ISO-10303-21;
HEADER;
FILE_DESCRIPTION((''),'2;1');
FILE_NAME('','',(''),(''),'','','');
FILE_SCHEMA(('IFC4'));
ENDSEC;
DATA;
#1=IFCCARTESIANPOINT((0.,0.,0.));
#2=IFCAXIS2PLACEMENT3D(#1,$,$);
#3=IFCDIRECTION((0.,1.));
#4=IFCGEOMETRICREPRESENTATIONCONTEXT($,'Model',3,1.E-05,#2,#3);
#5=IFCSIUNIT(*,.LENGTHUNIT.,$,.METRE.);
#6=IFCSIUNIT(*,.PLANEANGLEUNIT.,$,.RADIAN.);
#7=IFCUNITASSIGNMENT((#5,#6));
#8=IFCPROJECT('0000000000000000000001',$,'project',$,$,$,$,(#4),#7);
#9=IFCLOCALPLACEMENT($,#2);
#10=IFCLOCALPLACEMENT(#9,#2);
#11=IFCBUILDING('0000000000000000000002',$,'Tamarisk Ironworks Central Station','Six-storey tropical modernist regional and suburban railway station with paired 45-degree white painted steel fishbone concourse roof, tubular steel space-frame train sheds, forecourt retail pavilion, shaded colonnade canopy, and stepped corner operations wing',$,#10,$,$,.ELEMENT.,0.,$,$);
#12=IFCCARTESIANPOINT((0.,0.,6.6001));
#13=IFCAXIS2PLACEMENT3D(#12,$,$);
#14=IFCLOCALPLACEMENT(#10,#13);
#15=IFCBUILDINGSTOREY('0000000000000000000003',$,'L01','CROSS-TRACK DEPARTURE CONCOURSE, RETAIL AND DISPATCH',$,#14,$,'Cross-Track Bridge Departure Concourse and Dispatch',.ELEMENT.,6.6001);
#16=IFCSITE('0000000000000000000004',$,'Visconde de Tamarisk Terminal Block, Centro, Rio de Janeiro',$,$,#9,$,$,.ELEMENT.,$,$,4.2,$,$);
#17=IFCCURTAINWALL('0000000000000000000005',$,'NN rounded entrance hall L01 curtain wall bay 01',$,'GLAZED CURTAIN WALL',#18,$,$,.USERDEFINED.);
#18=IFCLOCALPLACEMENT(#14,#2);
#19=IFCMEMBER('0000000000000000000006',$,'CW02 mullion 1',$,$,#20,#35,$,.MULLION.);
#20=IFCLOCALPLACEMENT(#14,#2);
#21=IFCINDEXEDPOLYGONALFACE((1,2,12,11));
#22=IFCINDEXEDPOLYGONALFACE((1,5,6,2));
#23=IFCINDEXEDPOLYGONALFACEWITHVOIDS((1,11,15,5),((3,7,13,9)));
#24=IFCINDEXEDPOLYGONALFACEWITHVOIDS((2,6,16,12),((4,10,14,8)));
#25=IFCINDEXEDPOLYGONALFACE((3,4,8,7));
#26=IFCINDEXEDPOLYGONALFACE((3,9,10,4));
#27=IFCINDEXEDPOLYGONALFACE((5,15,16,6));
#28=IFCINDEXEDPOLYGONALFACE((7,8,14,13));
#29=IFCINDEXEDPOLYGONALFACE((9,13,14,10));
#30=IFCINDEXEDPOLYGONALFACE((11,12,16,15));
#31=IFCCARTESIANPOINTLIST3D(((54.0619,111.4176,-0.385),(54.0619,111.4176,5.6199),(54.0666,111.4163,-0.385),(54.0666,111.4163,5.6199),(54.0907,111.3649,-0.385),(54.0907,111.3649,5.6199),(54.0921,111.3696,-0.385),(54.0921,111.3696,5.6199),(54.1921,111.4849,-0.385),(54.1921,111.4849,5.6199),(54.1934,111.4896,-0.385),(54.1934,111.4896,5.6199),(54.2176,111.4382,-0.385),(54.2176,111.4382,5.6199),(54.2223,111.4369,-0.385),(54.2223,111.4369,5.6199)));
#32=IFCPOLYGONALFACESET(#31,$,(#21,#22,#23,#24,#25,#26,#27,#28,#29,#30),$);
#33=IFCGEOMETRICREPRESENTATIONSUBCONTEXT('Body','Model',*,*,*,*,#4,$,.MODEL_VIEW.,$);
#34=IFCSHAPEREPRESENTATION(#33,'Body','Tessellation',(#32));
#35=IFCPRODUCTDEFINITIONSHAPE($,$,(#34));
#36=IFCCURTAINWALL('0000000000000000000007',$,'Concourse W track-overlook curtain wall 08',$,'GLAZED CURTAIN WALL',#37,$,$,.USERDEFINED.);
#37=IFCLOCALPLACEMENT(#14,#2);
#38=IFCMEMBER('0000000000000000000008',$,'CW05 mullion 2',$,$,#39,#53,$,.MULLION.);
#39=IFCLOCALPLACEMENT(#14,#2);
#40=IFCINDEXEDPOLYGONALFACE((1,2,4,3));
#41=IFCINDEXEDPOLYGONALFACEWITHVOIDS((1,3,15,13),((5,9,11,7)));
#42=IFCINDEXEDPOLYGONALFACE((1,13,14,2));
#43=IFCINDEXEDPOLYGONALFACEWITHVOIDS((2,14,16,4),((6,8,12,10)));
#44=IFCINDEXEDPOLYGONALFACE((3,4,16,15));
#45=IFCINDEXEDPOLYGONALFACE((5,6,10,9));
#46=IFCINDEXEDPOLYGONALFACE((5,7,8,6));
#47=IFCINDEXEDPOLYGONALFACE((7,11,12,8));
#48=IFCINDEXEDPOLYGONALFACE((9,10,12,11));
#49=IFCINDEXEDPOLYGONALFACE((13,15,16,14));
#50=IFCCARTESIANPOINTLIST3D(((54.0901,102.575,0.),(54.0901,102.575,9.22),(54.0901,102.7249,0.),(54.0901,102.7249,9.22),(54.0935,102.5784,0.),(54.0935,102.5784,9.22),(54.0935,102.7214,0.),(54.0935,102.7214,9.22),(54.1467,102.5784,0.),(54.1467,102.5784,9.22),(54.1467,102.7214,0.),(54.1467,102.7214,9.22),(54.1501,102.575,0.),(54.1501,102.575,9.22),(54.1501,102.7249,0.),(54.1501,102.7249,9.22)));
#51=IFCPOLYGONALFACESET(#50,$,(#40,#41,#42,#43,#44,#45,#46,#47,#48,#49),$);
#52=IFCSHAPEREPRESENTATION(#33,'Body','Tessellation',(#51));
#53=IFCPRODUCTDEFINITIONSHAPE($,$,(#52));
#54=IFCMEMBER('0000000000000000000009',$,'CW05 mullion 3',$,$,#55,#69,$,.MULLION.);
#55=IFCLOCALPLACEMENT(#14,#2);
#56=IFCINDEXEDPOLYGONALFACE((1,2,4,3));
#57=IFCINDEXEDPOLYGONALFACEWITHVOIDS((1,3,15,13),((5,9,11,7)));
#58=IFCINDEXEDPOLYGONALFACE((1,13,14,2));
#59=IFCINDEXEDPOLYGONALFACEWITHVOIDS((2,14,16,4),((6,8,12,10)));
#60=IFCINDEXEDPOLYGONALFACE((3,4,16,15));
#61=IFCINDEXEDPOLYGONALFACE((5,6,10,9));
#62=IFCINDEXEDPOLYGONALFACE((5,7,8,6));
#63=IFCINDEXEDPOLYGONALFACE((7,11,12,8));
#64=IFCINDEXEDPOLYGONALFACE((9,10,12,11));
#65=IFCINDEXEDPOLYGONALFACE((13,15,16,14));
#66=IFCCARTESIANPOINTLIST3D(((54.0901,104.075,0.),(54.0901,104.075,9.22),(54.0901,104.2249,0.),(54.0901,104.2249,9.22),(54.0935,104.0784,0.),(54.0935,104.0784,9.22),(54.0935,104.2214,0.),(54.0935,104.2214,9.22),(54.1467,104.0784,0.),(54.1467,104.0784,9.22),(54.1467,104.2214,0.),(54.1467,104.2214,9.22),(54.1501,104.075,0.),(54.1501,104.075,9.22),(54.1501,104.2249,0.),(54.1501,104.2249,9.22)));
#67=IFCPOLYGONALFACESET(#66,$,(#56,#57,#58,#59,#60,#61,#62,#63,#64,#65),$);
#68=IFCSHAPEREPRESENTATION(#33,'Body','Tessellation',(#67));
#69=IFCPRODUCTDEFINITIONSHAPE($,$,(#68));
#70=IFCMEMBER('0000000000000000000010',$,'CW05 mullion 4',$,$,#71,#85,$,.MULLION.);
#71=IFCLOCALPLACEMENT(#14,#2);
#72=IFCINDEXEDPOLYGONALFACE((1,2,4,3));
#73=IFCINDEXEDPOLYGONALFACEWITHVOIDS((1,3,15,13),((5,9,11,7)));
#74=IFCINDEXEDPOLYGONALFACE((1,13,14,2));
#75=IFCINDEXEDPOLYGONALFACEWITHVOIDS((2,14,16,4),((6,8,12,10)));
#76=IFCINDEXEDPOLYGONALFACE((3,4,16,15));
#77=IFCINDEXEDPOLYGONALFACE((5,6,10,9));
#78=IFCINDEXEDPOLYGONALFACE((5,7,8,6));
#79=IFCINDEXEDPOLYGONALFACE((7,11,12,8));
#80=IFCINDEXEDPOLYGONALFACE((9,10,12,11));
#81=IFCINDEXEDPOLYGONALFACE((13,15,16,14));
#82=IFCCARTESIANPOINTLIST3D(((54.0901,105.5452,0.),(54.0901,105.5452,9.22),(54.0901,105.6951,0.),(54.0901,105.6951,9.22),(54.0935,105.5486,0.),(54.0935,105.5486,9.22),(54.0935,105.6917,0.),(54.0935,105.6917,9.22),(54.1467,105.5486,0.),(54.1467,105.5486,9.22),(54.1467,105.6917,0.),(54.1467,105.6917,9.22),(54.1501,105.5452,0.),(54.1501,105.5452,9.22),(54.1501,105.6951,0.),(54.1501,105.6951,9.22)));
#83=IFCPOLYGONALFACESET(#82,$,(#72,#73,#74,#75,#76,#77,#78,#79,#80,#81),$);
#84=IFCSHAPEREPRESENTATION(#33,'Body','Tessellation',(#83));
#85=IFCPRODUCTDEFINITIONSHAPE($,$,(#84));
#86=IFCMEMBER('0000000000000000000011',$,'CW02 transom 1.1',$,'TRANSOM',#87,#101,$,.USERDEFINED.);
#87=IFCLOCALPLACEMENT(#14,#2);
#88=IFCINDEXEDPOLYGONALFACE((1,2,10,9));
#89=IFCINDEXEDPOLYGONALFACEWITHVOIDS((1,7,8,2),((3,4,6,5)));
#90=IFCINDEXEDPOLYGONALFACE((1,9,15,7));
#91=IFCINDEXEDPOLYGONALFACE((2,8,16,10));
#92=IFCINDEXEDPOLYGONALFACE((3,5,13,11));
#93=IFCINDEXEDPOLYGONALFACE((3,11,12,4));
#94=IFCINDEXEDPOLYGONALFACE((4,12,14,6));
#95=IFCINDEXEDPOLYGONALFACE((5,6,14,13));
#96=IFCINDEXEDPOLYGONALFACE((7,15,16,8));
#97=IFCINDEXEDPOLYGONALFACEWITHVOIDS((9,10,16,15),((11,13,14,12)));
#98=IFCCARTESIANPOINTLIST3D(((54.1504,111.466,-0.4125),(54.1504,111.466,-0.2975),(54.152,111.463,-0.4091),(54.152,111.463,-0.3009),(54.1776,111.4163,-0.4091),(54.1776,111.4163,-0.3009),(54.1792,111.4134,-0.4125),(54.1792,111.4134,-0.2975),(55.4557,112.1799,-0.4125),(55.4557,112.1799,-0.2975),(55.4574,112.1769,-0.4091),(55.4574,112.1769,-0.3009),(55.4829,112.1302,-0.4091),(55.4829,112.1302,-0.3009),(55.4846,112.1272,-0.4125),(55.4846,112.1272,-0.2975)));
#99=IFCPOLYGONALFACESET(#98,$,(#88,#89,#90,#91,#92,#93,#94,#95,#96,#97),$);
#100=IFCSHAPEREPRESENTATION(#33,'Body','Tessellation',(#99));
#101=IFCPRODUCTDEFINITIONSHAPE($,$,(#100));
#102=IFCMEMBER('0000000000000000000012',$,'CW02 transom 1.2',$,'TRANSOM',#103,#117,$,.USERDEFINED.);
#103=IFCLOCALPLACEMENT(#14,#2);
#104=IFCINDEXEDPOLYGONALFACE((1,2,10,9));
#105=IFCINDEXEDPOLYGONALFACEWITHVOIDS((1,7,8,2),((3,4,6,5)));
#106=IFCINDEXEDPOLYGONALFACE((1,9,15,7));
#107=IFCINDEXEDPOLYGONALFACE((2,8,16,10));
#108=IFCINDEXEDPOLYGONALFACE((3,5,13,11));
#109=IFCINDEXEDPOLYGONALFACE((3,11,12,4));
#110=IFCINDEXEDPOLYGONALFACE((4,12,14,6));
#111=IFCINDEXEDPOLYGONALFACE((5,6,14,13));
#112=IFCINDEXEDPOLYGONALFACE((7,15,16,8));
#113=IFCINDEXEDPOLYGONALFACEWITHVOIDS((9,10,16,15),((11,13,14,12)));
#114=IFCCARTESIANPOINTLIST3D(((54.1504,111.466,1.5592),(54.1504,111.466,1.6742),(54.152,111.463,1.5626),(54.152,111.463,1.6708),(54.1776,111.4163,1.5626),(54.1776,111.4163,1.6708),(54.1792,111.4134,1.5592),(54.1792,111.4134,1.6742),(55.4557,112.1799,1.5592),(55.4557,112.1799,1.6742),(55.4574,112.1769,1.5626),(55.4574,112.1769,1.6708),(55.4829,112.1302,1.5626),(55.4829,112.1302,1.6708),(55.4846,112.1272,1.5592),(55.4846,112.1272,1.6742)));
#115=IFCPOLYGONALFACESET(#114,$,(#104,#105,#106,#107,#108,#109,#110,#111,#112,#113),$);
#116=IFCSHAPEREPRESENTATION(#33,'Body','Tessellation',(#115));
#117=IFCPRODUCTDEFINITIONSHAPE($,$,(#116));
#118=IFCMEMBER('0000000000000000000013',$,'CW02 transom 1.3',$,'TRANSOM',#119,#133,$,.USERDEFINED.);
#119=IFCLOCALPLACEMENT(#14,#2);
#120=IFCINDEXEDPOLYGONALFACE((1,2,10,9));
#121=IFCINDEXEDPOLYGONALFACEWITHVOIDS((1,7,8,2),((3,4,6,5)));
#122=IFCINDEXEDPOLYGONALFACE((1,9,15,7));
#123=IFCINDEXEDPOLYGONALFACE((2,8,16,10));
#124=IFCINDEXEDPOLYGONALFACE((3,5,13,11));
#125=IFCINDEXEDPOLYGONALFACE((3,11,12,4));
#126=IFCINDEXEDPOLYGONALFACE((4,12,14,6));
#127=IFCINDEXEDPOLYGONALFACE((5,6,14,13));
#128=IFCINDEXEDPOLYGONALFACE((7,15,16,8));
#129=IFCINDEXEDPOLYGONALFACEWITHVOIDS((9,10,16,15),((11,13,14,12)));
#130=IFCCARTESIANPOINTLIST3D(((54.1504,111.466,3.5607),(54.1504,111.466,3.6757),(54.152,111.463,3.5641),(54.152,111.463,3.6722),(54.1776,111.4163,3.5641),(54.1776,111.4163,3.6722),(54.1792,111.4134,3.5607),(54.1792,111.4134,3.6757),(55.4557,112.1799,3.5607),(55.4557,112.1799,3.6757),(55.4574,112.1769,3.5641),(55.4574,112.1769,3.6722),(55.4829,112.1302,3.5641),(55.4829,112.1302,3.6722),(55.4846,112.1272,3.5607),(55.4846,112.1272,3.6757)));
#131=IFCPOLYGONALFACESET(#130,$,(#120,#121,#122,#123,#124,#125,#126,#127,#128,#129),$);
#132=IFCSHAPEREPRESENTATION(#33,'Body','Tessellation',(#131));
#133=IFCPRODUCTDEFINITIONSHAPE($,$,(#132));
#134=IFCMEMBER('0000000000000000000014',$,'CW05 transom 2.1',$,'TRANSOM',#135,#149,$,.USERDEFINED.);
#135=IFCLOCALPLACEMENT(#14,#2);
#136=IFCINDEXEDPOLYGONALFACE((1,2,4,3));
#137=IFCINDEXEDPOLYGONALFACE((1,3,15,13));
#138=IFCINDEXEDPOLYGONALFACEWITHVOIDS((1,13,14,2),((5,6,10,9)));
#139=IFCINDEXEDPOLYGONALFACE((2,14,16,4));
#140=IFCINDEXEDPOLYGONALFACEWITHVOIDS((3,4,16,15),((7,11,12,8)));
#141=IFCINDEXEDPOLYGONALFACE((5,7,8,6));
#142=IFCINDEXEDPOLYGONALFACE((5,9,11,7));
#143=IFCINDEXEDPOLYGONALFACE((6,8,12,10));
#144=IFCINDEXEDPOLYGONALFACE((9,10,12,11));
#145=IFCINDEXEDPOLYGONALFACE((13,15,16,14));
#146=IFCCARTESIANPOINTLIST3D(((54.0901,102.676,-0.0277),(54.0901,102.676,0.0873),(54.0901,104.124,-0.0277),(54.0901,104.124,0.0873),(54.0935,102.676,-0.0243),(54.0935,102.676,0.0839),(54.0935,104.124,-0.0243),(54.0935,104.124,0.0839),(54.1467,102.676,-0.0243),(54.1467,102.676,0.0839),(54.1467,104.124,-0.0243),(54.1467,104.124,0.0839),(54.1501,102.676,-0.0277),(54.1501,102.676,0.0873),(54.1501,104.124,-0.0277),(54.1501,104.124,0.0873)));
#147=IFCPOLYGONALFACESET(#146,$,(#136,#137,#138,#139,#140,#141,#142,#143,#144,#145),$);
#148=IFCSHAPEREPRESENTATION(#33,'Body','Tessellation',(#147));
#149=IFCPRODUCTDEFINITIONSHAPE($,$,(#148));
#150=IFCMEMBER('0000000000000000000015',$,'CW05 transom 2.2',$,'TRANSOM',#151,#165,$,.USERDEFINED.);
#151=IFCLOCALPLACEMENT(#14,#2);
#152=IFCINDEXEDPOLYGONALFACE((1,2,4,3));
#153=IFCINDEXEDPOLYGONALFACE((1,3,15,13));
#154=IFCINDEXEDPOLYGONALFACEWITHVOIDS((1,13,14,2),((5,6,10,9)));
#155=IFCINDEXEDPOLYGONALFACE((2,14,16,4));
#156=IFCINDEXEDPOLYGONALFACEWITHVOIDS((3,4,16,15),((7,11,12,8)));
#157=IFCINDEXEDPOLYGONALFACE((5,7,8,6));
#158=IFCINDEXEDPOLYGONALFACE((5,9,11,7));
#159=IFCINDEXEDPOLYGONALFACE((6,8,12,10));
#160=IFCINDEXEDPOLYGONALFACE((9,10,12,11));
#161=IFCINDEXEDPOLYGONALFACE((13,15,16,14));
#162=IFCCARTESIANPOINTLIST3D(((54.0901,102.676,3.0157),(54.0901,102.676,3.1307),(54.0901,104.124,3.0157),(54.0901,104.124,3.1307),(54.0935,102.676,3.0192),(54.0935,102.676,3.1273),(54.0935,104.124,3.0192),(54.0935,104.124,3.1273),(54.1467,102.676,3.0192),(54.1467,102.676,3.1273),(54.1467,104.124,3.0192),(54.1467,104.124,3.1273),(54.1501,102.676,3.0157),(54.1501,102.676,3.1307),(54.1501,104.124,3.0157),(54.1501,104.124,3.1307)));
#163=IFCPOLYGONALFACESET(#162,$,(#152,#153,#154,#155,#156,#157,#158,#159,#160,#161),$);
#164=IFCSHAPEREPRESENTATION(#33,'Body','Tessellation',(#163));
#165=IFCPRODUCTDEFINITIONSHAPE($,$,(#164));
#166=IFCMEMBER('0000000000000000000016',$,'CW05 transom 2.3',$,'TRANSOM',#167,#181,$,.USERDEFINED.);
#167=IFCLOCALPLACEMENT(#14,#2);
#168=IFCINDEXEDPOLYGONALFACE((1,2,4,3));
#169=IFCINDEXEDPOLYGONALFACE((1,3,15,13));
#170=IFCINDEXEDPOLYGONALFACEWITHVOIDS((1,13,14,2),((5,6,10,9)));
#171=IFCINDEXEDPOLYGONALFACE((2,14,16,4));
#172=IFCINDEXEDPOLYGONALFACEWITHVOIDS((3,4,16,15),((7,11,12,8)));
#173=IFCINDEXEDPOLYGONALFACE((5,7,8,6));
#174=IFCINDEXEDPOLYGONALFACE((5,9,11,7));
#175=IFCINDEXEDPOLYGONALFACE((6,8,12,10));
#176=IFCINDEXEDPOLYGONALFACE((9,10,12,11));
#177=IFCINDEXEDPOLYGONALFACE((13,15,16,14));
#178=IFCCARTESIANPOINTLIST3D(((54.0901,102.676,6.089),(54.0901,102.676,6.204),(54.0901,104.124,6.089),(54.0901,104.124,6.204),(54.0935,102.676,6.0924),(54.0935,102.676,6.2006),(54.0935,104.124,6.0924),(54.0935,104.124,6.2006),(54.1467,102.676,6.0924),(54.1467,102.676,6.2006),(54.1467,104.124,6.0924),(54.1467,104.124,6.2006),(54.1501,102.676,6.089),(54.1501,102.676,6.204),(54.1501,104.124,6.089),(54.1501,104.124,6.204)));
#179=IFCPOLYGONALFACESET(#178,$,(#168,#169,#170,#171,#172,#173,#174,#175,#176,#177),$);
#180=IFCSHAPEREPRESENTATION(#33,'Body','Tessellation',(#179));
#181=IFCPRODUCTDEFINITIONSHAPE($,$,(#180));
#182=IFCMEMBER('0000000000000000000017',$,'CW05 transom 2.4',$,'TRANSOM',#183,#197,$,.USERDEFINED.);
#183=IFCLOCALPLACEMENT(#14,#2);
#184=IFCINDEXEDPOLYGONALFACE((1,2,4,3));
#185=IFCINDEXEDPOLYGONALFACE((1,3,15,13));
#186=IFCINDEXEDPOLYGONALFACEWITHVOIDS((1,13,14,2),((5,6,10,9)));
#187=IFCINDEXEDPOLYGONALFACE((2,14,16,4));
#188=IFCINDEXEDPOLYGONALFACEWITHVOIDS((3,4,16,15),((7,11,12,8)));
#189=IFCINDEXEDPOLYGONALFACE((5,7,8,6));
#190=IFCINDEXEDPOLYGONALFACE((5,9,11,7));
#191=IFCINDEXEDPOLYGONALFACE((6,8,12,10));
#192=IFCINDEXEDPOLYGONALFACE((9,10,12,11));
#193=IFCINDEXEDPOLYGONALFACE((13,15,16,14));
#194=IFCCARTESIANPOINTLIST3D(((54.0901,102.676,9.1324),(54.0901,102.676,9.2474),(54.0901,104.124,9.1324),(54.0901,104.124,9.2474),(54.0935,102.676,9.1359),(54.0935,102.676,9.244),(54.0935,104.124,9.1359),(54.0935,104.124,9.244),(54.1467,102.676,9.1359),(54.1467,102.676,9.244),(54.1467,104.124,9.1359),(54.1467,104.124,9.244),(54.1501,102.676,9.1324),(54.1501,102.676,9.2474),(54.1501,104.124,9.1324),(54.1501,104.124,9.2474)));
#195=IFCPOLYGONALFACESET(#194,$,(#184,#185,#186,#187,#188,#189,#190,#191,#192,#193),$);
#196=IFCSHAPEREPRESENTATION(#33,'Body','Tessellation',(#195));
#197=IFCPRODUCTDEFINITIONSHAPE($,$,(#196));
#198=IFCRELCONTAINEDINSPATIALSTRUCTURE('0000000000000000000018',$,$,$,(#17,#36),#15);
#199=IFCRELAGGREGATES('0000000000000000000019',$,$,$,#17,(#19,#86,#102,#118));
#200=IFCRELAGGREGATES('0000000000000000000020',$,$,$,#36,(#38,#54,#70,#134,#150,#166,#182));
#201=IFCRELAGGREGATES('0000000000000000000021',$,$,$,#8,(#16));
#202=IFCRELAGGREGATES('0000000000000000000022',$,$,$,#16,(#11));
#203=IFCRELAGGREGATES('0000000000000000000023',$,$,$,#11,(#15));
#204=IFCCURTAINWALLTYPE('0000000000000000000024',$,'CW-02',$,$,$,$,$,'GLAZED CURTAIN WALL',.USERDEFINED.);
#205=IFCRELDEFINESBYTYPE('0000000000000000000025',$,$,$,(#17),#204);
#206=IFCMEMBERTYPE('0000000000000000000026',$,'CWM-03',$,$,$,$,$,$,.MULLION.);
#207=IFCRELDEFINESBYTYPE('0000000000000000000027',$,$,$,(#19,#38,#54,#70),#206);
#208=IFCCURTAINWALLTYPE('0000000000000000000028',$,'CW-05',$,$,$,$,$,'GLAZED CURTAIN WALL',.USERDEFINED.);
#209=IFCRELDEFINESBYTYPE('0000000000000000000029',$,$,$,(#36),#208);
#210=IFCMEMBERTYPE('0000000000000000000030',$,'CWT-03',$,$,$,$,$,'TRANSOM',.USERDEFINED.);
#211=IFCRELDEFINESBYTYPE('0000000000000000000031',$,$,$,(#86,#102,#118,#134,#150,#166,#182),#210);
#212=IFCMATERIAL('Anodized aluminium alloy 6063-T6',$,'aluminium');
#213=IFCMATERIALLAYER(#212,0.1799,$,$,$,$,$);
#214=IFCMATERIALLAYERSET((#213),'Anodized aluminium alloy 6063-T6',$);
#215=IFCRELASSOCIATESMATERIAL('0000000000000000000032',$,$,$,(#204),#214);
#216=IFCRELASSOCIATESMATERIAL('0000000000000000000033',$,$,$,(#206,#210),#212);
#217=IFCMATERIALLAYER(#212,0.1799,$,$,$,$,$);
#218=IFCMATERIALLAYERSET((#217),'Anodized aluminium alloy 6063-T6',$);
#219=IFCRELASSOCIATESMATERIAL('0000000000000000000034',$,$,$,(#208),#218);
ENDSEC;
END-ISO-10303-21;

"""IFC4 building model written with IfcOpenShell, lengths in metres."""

from ifc_helpers import new_model, si_unit, direction, frame, origin, origin_2d, place, context, subcontext, project, spatial, hollow_rectangle, extrude, material, layer, layer_set, material_profile, profile_set, type_object, element, aggregate, save


model = new_model("IFC4")

# Units and contexts
model_context = context("Model", 3, precision=1e-05, world=origin(), true_north=direction((0.0, 1.0)))
body_context = subcontext(model_context, "Body", "Model", "MODEL_VIEW")
ifc_project = project(units=[si_unit("LENGTHUNIT", "METRE"), si_unit("PLANEANGLEUNIT", "RADIAN")], contexts=[model_context])

# Site, building, storey
site_placement = place(None, origin())
site = spatial("IfcSite", under=ifc_project, at=site_placement, Name="Visconde de Tamarisk Terminal Block, Centro, Rio de Janeiro", CompositionType="ELEMENT", RefElevation=4.2)
building_placement = place(site_placement, origin())
building = spatial("IfcBuilding", under=site, at=building_placement, Name="Tamarisk Ironworks Central Station", Description="Six-storey tropical modernist regional and suburban railway station with paired 45-degree white painted steel fishbone concourse roof, tubular steel space-frame train sheds, forecourt retail pavilion, shaded colonnade canopy, and stepped corner operations wing", CompositionType="ELEMENT", ElevationOfRefHeight=0.0)
storey_placement = place(building_placement, frame((0.0, 0.0, 6.6001)))
storey = spatial("IfcBuildingStorey", under=building, at=storey_placement, Name="L01", Description="CROSS-TRACK DEPARTURE CONCOURSE, RETAIL AND DISPATCH", LongName="Cross-Track Bridge Departure Concourse and Dispatch", CompositionType="ELEMENT", Elevation=6.6001)

# Curtain wall, member
ifc_material_1 = material(Name="Anodized aluminium alloy 6063-T6", Category="aluminium")
ifc_layer_1 = layer(ifc_material_1, 0.1799)
ifc_layer_set_1 = layer_set([ifc_layer_1], Name="Anodized aluminium alloy 6063-T6")
curtain_wall_type_1 = type_object("IfcCurtainWallType", Name="CW-02", ElementType="GLAZED CURTAIN WALL", PredefinedType="USERDEFINED", material=ifc_layer_set_1)
curtain_wall_1_placement = place(storey_placement, origin())
curtain_wall_1 = element("IfcCurtainWall", 1, at=curtain_wall_1_placement, inside=storey, type_object=curtain_wall_type_1, Name="NN rounded entrance hall L01 curtain wall bay 01", ObjectType="GLAZED CURTAIN WALL", PredefinedType="USERDEFINED")
ifc_material_profile_1 = material_profile(ifc_material_1, hollow_rectangle(XDim=0.0601, YDim=0.1499, WallThickness=0.0034, at=origin_2d()), Name="ALUM 150x60")
ifc_profile_set_1 = profile_set([ifc_material_profile_1], Name="Anodized aluminium alloy 6063-T6")
member_type_1 = type_object("IfcMemberType", Name="CWM-03", PredefinedType="MULLION", material=ifc_profile_set_1)
member_1_placement = place(storey_placement, frame((54.1421, 111.4272, -0.385), z_axis=(0.0, 0.0, 1.0), x_axis=(-0.479805, 0.877375, 0.0)))
member_1 = element("IfcMember", 2, at=member_1_placement, type_object=member_type_1, Name="CW02 mullion 1", PredefinedType="MULLION", context=body_context, shape_type="SweptSolid", body=[
    extrude(hollow_rectangle(XDim=0.0601, YDim=0.1499, WallThickness=0.0034, at=origin_2d()), origin(), (0.0, 0.0, 1.0), 6.0049),
])

# Curtain wall, members
ifc_layer_2 = layer(ifc_material_1, 0.1799)
ifc_layer_set_2 = layer_set([ifc_layer_2], Name="Anodized aluminium alloy 6063-T6")
curtain_wall_type_2 = type_object("IfcCurtainWallType", Name="CW-05", ElementType="GLAZED CURTAIN WALL", PredefinedType="USERDEFINED", material=ifc_layer_set_2)
curtain_wall_2_placement = place(storey_placement, origin())
curtain_wall_2 = element("IfcCurtainWall", 3, at=curtain_wall_2_placement, inside=storey, type_object=curtain_wall_type_2, Name="Concourse W track-overlook curtain wall 08", ObjectType="GLAZED CURTAIN WALL", PredefinedType="USERDEFINED")
member_2_placement = place(storey_placement, frame((54.1201, 102.6499, 0.0), z_axis=(0.0, 0.0, 1.0), x_axis=(-1.0, 0.0, 0.0)))
member_2 = element("IfcMember", 4, at=member_2_placement, type_object=member_type_1, Name="CW05 mullion 2", PredefinedType="MULLION", context=body_context, shape_type="SweptSolid", body=[
    extrude(hollow_rectangle(XDim=0.0601, YDim=0.1499, WallThickness=0.0034, at=origin_2d()), origin(), (0.0, 0.0, 1.0), 9.22),
])
member_3_placement = place(storey_placement, frame((54.1201, 104.1499, 0.0), z_axis=(0.0, 0.0, 1.0), x_axis=(-1.0, 0.0, 0.0)))
member_3 = element("IfcMember", 5, at=member_3_placement, type_object=member_type_1, Name="CW05 mullion 3", PredefinedType="MULLION", context=body_context, shape_type="SweptSolid", body=[
    extrude(hollow_rectangle(XDim=0.0601, YDim=0.1499, WallThickness=0.0034, at=origin_2d()), origin(), (0.0, 0.0, 1.0), 9.22),
])
member_4_placement = place(storey_placement, frame((54.1201, 105.6201, 0.0), z_axis=(0.0, 0.0, 1.0), x_axis=(-1.0, 0.0, 0.0)))
member_4 = element("IfcMember", 6, at=member_4_placement, type_object=member_type_1, Name="CW05 mullion 4", PredefinedType="MULLION", context=body_context, shape_type="SweptSolid", body=[
    extrude(hollow_rectangle(XDim=0.0601, YDim=0.1499, WallThickness=0.0034, at=origin_2d()), origin(), (0.0, 0.0, 1.0), 9.22),
])

# Members
ifc_material_profile_2 = material_profile(ifc_material_1, hollow_rectangle(XDim=0.0601, YDim=0.115, WallThickness=0.0034, at=origin_2d()), Name="ALUM 115x60")
ifc_profile_set_2 = profile_set([ifc_material_profile_2], Name="Anodized aluminium alloy 6063-T6")
member_type_2 = type_object("IfcMemberType", Name="CWT-03", ElementType="TRANSOM", PredefinedType="USERDEFINED", material=ifc_profile_set_2)
member_5_placement = place(storey_placement, frame((54.1648, 111.4397, -0.355), z_axis=(0.877381, 0.479795, 0.0), x_axis=(-0.479795, 0.877381, 0.0)))
member_5 = element("IfcMember", 7, at=member_5_placement, type_object=member_type_2, Name="CW02 transom 1.1", ObjectType="TRANSOM", PredefinedType="USERDEFINED", context=body_context, shape_type="SweptSolid", body=[
    extrude(hollow_rectangle(XDim=0.0601, YDim=0.115, WallThickness=0.0034, at=origin_2d()), origin(), (0.0, 0.0, 1.0), 1.4878),
])
member_6_placement = place(storey_placement, frame((54.1648, 111.4397, 1.6167), z_axis=(0.877381, 0.479795, 0.0), x_axis=(-0.479795, 0.877381, 0.0)))
member_6 = element("IfcMember", 8, at=member_6_placement, type_object=member_type_2, Name="CW02 transom 1.2", ObjectType="TRANSOM", PredefinedType="USERDEFINED", context=body_context, shape_type="SweptSolid", body=[
    extrude(hollow_rectangle(XDim=0.0601, YDim=0.115, WallThickness=0.0034, at=origin_2d()), origin(), (0.0, 0.0, 1.0), 1.4878),
])
member_7_placement = place(storey_placement, frame((54.1648, 111.4397, 3.6182), z_axis=(0.877381, 0.479795, 0.0), x_axis=(-0.479795, 0.877381, 0.0)))
member_7 = element("IfcMember", 9, at=member_7_placement, type_object=member_type_2, Name="CW02 transom 1.3", ObjectType="TRANSOM", PredefinedType="USERDEFINED", context=body_context, shape_type="SweptSolid", body=[
    extrude(hollow_rectangle(XDim=0.0601, YDim=0.115, WallThickness=0.0034, at=origin_2d()), origin(), (0.0, 0.0, 1.0), 1.4878),
])
aggregate(curtain_wall_1, [member_1, member_5, member_6, member_7])
member_8_placement = place(storey_placement, frame((54.1201, 102.676, 0.0298), z_axis=(0.0, 1.0, 0.0), x_axis=(-1.0, 0.0, 0.0)))
member_8 = element("IfcMember", 10, at=member_8_placement, type_object=member_type_2, Name="CW05 transom 2.1", ObjectType="TRANSOM", PredefinedType="USERDEFINED", context=body_context, shape_type="SweptSolid", body=[
    extrude(hollow_rectangle(XDim=0.0601, YDim=0.115, WallThickness=0.0034, at=origin_2d()), origin(), (0.0, 0.0, 1.0), 1.448),
])
member_9_placement = place(storey_placement, frame((54.1201, 102.676, 3.0732), z_axis=(0.0, 1.0, 0.0), x_axis=(-1.0, 0.0, 0.0)))
member_9 = element("IfcMember", 11, at=member_9_placement, type_object=member_type_2, Name="CW05 transom 2.2", ObjectType="TRANSOM", PredefinedType="USERDEFINED", context=body_context, shape_type="SweptSolid", body=[
    extrude(hollow_rectangle(XDim=0.0601, YDim=0.115, WallThickness=0.0034, at=origin_2d()), origin(), (0.0, 0.0, 1.0), 1.448),
])
member_10_placement = place(storey_placement, frame((54.1201, 102.676, 6.1465), z_axis=(0.0, 1.0, 0.0), x_axis=(-1.0, 0.0, 0.0)))
member_10 = element("IfcMember", 12, at=member_10_placement, type_object=member_type_2, Name="CW05 transom 2.3", ObjectType="TRANSOM", PredefinedType="USERDEFINED", context=body_context, shape_type="SweptSolid", body=[
    extrude(hollow_rectangle(XDim=0.0601, YDim=0.115, WallThickness=0.0034, at=origin_2d()), origin(), (0.0, 0.0, 1.0), 1.448),
])
member_11_placement = place(storey_placement, frame((54.1201, 102.676, 9.1899), z_axis=(0.0, 1.0, 0.0), x_axis=(-1.0, 0.0, 0.0)))
member_11 = element("IfcMember", 13, at=member_11_placement, type_object=member_type_2, Name="CW05 transom 2.4", ObjectType="TRANSOM", PredefinedType="USERDEFINED", context=body_context, shape_type="SweptSolid", body=[
    extrude(hollow_rectangle(XDim=0.0601, YDim=0.115, WallThickness=0.0034, at=origin_2d()), origin(), (0.0, 0.0, 1.0), 1.448),
])

aggregate(curtain_wall_2, [member_2, member_3, member_4, member_8, member_9, member_10, member_11])

save(model, "model.ifc")
